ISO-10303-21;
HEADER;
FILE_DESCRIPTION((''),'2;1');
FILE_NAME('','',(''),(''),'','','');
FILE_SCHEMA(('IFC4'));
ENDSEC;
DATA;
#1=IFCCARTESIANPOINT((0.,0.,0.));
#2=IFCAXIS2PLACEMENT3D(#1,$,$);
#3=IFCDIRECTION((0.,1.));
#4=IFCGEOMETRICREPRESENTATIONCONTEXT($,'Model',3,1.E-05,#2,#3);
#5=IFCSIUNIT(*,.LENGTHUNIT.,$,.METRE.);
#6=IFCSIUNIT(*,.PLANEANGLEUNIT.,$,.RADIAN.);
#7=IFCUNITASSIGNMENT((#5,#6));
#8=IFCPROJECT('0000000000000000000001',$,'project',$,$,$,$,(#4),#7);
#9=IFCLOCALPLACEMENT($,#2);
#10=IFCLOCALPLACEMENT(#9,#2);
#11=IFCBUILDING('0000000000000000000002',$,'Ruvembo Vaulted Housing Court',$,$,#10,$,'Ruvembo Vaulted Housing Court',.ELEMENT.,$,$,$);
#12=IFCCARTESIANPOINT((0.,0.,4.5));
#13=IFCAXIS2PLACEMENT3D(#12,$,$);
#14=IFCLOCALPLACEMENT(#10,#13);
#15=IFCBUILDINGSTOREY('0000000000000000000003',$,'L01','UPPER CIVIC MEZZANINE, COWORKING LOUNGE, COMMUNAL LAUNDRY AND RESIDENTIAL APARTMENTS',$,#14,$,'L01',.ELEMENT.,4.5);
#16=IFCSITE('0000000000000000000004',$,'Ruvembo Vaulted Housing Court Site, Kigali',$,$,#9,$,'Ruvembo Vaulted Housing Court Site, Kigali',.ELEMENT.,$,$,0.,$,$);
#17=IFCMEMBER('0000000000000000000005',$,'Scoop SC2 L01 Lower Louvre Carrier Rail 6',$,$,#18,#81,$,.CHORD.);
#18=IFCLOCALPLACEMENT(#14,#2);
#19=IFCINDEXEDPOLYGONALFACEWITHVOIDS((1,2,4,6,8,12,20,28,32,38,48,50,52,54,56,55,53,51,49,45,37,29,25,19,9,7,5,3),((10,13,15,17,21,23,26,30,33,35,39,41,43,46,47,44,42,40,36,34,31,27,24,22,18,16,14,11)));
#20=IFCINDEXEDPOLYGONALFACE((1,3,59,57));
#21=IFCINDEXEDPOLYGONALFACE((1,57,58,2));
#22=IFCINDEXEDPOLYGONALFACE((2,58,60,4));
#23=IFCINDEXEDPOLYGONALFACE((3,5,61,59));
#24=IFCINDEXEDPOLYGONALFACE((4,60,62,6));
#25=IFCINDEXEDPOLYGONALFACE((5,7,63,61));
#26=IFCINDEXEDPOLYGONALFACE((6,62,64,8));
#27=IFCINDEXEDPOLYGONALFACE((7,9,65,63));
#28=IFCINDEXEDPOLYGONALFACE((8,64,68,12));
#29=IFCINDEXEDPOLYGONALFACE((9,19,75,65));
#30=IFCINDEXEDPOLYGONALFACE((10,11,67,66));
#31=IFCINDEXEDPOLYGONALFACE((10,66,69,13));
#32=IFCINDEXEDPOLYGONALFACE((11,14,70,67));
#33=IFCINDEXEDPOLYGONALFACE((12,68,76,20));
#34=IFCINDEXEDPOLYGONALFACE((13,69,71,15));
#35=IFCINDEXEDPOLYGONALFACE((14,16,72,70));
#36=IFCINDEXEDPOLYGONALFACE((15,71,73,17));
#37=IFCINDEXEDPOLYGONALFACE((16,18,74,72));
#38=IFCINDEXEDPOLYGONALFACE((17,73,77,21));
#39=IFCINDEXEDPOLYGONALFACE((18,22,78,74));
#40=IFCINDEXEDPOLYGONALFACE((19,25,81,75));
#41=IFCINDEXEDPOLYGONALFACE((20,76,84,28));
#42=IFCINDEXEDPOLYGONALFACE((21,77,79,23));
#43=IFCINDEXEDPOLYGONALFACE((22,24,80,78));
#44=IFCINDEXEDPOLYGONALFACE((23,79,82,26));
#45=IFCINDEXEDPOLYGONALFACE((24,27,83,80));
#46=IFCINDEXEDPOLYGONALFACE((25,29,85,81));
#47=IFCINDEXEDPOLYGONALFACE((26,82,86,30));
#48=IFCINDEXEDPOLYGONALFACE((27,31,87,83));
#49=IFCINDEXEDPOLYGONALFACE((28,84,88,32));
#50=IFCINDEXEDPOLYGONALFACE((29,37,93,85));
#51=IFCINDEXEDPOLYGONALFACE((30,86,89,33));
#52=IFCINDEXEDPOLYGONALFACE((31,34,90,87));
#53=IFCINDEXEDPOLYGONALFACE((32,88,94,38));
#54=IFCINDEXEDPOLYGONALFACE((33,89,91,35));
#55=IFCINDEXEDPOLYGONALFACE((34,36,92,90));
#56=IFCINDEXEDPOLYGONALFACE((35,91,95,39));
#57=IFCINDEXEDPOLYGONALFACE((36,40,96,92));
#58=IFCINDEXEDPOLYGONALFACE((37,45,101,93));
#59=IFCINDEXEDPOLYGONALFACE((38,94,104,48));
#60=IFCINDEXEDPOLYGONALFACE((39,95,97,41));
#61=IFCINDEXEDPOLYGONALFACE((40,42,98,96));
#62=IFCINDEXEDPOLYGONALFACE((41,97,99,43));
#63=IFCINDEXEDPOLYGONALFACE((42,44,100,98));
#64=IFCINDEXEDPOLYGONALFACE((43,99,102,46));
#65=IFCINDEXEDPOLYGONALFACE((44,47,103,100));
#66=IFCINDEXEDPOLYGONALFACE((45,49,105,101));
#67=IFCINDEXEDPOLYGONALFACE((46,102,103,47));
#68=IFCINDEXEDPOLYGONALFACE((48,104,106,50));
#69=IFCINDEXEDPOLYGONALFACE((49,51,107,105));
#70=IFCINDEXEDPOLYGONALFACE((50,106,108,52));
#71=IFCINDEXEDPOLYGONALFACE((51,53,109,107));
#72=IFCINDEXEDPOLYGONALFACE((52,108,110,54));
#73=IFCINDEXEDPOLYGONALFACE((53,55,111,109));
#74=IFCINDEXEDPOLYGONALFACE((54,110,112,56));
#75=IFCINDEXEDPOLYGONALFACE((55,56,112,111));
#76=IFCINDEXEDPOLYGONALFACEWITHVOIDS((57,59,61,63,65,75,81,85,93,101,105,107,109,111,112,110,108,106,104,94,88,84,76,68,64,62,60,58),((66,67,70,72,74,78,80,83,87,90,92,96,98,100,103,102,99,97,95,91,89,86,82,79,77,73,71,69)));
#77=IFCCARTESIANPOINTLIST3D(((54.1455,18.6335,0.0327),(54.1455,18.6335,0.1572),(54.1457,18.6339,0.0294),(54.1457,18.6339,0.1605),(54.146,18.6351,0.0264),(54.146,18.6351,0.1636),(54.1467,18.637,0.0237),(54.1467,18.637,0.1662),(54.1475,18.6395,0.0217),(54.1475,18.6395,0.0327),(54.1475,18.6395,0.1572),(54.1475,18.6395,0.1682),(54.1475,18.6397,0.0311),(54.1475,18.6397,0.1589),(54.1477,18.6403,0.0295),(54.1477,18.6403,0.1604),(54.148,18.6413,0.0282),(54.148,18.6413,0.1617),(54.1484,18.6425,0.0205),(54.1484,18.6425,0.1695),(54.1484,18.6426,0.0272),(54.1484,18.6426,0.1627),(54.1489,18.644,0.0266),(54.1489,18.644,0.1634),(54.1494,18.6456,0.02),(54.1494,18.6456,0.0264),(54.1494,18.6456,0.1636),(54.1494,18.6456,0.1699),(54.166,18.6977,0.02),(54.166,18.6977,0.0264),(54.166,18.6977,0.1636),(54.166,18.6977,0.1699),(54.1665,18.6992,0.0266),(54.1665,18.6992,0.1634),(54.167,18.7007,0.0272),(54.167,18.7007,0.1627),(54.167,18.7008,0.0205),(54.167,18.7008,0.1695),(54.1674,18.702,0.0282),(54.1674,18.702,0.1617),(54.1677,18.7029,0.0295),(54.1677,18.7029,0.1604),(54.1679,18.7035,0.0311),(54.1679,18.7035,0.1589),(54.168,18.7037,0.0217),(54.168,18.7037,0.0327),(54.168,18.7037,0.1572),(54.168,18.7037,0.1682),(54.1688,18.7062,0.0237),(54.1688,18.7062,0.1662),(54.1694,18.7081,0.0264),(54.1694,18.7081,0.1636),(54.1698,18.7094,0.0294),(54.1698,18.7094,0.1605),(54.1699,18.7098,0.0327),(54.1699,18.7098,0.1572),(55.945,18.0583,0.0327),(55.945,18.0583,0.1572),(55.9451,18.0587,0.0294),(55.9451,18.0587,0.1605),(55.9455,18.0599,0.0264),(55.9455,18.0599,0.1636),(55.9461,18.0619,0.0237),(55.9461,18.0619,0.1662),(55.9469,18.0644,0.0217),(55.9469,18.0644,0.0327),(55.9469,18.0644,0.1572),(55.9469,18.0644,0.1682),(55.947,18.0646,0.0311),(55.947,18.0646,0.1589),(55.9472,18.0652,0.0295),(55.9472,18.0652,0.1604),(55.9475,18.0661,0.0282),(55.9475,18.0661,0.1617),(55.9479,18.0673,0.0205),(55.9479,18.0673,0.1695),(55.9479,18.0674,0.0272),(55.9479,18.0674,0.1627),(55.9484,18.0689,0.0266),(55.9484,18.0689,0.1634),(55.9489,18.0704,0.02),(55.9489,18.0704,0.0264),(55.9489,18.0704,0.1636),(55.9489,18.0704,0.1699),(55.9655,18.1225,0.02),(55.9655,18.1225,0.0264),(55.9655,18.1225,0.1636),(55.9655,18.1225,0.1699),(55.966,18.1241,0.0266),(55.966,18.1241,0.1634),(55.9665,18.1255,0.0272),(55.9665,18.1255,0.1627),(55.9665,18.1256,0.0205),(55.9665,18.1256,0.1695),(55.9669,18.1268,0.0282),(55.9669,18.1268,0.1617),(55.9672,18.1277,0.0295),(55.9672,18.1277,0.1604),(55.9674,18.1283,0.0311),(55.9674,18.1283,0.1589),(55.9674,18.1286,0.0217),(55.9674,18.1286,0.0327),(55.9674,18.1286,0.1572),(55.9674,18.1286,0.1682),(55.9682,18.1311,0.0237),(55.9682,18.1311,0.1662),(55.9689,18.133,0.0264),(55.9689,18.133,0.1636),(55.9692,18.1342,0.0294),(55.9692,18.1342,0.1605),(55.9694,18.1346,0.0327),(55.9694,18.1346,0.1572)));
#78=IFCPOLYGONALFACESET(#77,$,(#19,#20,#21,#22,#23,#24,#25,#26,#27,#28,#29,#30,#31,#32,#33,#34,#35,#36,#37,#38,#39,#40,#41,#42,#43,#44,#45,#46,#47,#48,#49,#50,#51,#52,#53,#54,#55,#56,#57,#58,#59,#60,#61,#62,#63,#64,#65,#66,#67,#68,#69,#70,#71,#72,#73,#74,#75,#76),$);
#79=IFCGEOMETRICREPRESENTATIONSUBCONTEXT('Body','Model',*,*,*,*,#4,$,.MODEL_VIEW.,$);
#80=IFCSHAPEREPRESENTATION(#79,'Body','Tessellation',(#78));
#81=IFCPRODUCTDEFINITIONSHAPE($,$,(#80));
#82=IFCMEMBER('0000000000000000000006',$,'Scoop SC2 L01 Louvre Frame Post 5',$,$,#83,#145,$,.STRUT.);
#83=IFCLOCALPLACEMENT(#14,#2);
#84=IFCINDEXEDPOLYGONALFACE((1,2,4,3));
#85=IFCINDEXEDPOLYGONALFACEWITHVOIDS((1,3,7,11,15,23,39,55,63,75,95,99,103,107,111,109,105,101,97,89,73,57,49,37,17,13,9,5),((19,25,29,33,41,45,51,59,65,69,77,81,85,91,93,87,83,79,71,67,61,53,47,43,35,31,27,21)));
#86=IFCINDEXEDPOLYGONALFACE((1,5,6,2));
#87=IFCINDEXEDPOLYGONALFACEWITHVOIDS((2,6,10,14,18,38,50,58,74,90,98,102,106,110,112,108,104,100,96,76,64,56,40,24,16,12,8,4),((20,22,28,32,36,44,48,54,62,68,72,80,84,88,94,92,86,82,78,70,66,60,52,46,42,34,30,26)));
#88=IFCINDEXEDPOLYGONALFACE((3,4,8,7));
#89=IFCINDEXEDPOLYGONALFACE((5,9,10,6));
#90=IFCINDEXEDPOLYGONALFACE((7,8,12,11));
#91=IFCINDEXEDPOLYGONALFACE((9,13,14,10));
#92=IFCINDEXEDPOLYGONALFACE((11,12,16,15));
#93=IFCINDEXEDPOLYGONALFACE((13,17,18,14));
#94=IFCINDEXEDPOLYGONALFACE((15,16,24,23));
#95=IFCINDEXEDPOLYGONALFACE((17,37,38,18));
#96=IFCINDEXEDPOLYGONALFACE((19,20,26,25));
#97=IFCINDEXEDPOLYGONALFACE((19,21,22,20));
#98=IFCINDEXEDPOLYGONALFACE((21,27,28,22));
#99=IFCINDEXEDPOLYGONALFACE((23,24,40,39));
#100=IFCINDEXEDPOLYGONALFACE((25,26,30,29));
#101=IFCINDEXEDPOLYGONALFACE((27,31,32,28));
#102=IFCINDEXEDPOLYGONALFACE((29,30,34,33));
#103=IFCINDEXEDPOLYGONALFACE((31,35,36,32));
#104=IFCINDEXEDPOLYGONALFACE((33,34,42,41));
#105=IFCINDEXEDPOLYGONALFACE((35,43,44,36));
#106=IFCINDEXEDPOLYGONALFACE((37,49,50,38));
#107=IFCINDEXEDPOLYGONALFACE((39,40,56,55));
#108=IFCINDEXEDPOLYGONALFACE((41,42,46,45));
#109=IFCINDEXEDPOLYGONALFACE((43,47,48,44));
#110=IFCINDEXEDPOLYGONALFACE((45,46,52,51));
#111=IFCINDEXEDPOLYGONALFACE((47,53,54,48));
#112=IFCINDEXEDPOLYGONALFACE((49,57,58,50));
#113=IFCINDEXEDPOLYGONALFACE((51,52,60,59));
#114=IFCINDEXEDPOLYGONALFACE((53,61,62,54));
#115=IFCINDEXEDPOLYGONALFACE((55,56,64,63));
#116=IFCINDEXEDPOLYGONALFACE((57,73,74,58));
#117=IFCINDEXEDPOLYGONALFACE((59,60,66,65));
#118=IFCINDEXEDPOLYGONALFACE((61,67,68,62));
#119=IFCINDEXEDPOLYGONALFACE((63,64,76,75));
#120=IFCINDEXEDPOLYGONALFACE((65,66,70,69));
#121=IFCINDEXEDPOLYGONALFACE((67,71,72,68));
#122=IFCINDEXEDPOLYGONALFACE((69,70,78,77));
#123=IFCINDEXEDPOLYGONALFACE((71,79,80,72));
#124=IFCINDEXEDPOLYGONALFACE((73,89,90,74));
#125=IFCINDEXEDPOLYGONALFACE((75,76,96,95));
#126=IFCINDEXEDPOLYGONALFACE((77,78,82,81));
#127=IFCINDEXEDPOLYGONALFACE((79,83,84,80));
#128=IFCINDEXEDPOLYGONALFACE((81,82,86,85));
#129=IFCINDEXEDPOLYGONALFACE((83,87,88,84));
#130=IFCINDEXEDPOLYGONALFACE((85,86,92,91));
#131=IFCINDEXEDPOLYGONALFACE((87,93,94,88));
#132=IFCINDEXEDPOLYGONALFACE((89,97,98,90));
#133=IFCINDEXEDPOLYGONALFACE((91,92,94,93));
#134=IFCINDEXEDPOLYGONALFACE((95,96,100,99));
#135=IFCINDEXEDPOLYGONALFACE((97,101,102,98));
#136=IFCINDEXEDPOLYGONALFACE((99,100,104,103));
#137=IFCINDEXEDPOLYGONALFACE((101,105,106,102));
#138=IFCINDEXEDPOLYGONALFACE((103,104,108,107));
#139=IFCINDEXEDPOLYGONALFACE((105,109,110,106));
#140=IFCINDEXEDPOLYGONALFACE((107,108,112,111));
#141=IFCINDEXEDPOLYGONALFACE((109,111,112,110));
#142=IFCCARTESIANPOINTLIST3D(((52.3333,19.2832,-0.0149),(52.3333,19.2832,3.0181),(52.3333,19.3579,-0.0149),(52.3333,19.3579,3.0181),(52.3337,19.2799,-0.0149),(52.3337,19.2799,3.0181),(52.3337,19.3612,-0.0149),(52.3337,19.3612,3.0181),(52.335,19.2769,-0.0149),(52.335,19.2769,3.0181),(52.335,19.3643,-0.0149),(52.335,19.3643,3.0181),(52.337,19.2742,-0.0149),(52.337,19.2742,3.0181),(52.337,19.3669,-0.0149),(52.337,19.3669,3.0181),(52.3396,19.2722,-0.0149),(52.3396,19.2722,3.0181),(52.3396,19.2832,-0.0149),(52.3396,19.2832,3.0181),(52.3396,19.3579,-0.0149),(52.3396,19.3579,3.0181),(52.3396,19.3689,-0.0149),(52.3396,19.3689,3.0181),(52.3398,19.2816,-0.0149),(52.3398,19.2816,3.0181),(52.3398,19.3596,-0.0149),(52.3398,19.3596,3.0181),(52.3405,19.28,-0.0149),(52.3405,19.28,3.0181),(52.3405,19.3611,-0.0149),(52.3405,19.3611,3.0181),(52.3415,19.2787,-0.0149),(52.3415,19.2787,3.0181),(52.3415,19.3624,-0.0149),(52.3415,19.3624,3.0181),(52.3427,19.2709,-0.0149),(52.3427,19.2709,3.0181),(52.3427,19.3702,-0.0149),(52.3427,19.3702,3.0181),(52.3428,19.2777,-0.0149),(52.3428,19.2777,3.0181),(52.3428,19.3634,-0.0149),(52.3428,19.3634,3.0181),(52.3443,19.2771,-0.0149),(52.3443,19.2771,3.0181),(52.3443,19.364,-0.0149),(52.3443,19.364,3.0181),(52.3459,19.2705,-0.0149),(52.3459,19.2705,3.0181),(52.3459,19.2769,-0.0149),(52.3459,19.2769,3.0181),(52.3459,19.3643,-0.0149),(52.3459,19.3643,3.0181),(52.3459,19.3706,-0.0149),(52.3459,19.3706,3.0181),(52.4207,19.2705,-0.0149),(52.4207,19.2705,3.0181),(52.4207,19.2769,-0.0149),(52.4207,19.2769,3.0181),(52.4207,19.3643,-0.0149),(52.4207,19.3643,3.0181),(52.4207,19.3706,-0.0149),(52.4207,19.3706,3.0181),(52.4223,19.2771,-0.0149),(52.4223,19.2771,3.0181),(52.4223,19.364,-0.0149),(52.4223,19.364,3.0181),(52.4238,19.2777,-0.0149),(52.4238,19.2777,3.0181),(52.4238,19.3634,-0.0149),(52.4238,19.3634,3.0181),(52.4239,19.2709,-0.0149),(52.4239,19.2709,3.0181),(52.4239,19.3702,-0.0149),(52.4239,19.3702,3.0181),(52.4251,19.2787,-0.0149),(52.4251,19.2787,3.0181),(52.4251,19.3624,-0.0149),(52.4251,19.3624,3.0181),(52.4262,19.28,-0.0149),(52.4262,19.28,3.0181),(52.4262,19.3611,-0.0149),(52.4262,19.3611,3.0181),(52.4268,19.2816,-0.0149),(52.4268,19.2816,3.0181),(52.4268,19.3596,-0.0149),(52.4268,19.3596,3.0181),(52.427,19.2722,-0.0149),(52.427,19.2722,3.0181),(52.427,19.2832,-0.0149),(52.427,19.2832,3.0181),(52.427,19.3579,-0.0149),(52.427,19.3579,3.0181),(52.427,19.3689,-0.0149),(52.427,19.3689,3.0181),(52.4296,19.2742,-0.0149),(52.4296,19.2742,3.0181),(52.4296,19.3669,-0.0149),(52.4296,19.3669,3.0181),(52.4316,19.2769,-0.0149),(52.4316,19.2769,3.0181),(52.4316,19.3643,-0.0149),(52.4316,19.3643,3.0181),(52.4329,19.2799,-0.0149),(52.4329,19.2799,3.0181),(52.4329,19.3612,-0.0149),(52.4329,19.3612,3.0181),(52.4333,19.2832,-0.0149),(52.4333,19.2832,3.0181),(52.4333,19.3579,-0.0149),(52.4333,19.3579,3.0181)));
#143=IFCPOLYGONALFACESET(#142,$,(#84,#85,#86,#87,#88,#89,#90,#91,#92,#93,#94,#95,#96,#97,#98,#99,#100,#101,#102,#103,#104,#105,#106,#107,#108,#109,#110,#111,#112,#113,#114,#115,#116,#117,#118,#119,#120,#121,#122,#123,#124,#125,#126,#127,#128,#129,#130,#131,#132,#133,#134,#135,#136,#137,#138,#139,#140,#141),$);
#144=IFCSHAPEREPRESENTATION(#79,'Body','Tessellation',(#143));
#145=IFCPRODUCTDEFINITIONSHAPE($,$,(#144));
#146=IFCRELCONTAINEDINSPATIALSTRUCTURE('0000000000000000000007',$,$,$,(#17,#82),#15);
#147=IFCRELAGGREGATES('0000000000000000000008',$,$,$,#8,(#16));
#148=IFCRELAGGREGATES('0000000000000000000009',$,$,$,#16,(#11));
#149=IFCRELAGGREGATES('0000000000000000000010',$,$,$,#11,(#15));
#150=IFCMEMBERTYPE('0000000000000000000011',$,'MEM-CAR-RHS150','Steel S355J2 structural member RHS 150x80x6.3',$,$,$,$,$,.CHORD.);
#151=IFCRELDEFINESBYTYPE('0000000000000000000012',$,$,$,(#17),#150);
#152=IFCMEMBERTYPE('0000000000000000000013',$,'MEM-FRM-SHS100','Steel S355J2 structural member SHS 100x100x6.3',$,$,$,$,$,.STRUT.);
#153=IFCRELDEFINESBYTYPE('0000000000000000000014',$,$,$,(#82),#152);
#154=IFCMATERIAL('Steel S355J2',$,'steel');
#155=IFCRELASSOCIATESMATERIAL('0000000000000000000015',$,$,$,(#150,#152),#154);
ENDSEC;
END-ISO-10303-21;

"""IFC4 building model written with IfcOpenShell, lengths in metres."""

from ifc_helpers import new_model, si_unit, direction, frame, origin, origin_2d, place, context, subcontext, project, spatial, hollow_rectangle, extrude, material, material_profile, profile_set, type_object, element, save


model = new_model("IFC4")

# Units and contexts
model_context = context("Model", 3, precision=1e-05, world=origin(), true_north=direction((0.0, 1.0)))
body_context = subcontext(model_context, "Body", "Model", "MODEL_VIEW")
ifc_project = project(units=[si_unit("LENGTHUNIT", "METRE"), si_unit("PLANEANGLEUNIT", "RADIAN")], contexts=[model_context])

# Site, building, storey
site_placement = place(None, origin())
site = spatial("IfcSite", under=ifc_project, at=site_placement, Name="Ruvembo Vaulted Housing Court Site, Kigali", LongName="Ruvembo Vaulted Housing Court Site, Kigali", CompositionType="ELEMENT", RefElevation=0.0)
building_placement = place(site_placement, origin())
building = spatial("IfcBuilding", under=site, at=building_placement, Name="Ruvembo Vaulted Housing Court", LongName="Ruvembo Vaulted Housing Court", CompositionType="ELEMENT")
storey_placement = place(building_placement, frame((0.0, 0.0, 4.5)))
storey = spatial("IfcBuildingStorey", under=building, at=storey_placement, Name="L01", Description="UPPER CIVIC MEZZANINE, COWORKING LOUNGE, COMMUNAL LAUNDRY AND RESIDENTIAL APARTMENTS", LongName="L01", CompositionType="ELEMENT", Elevation=4.5)

# Shared definitions
ifc_material_1 = material(Name="Steel S355J2", Category="steel")

# Members
ifc_material_profile_1 = material_profile(ifc_material_1, hollow_rectangle(XDim=0.0801, YDim=0.1499, WallThickness=0.0063, InnerFilletRadius=0.0063, OuterFilletRadius=0.0127, at=origin_2d()), Name="RHS 150x80x6.3")
ifc_profile_set_1 = profile_set([ifc_material_profile_1], Name="Steel S355J2")
member_type_1 = type_object("IfcMemberType", Name="MEM-CAR-RHS150", Description="Steel S355J2 structural member RHS 150x80x6.3", PredefinedType="CHORD", material=ifc_profile_set_1)
member_1_placement = place(storey_placement, frame((54.1577, 18.6716, 0.095), z_axis=(0.952526, -0.304457, 0.0), x_axis=(0.304457, 0.952526, 0.0)))
element("IfcMember", 1, at=member_1_placement, inside=storey, type_object=member_type_1, Name="Scoop SC2 L01 Lower Louvre Carrier Rail 6", PredefinedType="CHORD", context=body_context, shape_type="SweptSolid", body=[
    extrude(hollow_rectangle(XDim=0.0801, YDim=0.1499, WallThickness=0.0063, InnerFilletRadius=0.0063, OuterFilletRadius=0.0127, at=origin_2d()), origin(), (0.0, 0.0, 1.0), 1.8892),
])
ifc_material_profile_2 = material_profile(ifc_material_1, hollow_rectangle(XDim=0.1001, YDim=0.1001, WallThickness=0.0063, InnerFilletRadius=0.0063, OuterFilletRadius=0.0127, at=origin_2d()), Name="SHS 100x100x6.3")
ifc_profile_set_2 = profile_set([ifc_material_profile_2], Name="Steel S355J2")
member_type_2 = type_object("IfcMemberType", Name="MEM-FRM-SHS100", Description="Steel S355J2 structural member SHS 100x100x6.3", PredefinedType="STRUT", material=ifc_profile_set_2)
for number, where, z_axis, x_axis, name in (
    (2, (52.3833, 19.3206, -0.0149), (0.0, 0.0, 1.0), (1.0, 0.0, 0.0), "Scoop SC2 L01 Louvre Frame Post 5"),
):
    element("IfcMember", number, at=place(storey_placement, frame(where, z_axis=z_axis, x_axis=x_axis)), inside=storey, type_object=member_type_2, Name=name, PredefinedType="STRUT", context=body_context, shape_type="SweptSolid", body=[
        extrude(hollow_rectangle(XDim=0.1001, YDim=0.1001, WallThickness=0.0063, InnerFilletRadius=0.0063, OuterFilletRadius=0.0127, at=origin_2d()), origin(), (0.0, 0.0, 1.0), 3.033),
    ])

save(model, "model.ifc")
